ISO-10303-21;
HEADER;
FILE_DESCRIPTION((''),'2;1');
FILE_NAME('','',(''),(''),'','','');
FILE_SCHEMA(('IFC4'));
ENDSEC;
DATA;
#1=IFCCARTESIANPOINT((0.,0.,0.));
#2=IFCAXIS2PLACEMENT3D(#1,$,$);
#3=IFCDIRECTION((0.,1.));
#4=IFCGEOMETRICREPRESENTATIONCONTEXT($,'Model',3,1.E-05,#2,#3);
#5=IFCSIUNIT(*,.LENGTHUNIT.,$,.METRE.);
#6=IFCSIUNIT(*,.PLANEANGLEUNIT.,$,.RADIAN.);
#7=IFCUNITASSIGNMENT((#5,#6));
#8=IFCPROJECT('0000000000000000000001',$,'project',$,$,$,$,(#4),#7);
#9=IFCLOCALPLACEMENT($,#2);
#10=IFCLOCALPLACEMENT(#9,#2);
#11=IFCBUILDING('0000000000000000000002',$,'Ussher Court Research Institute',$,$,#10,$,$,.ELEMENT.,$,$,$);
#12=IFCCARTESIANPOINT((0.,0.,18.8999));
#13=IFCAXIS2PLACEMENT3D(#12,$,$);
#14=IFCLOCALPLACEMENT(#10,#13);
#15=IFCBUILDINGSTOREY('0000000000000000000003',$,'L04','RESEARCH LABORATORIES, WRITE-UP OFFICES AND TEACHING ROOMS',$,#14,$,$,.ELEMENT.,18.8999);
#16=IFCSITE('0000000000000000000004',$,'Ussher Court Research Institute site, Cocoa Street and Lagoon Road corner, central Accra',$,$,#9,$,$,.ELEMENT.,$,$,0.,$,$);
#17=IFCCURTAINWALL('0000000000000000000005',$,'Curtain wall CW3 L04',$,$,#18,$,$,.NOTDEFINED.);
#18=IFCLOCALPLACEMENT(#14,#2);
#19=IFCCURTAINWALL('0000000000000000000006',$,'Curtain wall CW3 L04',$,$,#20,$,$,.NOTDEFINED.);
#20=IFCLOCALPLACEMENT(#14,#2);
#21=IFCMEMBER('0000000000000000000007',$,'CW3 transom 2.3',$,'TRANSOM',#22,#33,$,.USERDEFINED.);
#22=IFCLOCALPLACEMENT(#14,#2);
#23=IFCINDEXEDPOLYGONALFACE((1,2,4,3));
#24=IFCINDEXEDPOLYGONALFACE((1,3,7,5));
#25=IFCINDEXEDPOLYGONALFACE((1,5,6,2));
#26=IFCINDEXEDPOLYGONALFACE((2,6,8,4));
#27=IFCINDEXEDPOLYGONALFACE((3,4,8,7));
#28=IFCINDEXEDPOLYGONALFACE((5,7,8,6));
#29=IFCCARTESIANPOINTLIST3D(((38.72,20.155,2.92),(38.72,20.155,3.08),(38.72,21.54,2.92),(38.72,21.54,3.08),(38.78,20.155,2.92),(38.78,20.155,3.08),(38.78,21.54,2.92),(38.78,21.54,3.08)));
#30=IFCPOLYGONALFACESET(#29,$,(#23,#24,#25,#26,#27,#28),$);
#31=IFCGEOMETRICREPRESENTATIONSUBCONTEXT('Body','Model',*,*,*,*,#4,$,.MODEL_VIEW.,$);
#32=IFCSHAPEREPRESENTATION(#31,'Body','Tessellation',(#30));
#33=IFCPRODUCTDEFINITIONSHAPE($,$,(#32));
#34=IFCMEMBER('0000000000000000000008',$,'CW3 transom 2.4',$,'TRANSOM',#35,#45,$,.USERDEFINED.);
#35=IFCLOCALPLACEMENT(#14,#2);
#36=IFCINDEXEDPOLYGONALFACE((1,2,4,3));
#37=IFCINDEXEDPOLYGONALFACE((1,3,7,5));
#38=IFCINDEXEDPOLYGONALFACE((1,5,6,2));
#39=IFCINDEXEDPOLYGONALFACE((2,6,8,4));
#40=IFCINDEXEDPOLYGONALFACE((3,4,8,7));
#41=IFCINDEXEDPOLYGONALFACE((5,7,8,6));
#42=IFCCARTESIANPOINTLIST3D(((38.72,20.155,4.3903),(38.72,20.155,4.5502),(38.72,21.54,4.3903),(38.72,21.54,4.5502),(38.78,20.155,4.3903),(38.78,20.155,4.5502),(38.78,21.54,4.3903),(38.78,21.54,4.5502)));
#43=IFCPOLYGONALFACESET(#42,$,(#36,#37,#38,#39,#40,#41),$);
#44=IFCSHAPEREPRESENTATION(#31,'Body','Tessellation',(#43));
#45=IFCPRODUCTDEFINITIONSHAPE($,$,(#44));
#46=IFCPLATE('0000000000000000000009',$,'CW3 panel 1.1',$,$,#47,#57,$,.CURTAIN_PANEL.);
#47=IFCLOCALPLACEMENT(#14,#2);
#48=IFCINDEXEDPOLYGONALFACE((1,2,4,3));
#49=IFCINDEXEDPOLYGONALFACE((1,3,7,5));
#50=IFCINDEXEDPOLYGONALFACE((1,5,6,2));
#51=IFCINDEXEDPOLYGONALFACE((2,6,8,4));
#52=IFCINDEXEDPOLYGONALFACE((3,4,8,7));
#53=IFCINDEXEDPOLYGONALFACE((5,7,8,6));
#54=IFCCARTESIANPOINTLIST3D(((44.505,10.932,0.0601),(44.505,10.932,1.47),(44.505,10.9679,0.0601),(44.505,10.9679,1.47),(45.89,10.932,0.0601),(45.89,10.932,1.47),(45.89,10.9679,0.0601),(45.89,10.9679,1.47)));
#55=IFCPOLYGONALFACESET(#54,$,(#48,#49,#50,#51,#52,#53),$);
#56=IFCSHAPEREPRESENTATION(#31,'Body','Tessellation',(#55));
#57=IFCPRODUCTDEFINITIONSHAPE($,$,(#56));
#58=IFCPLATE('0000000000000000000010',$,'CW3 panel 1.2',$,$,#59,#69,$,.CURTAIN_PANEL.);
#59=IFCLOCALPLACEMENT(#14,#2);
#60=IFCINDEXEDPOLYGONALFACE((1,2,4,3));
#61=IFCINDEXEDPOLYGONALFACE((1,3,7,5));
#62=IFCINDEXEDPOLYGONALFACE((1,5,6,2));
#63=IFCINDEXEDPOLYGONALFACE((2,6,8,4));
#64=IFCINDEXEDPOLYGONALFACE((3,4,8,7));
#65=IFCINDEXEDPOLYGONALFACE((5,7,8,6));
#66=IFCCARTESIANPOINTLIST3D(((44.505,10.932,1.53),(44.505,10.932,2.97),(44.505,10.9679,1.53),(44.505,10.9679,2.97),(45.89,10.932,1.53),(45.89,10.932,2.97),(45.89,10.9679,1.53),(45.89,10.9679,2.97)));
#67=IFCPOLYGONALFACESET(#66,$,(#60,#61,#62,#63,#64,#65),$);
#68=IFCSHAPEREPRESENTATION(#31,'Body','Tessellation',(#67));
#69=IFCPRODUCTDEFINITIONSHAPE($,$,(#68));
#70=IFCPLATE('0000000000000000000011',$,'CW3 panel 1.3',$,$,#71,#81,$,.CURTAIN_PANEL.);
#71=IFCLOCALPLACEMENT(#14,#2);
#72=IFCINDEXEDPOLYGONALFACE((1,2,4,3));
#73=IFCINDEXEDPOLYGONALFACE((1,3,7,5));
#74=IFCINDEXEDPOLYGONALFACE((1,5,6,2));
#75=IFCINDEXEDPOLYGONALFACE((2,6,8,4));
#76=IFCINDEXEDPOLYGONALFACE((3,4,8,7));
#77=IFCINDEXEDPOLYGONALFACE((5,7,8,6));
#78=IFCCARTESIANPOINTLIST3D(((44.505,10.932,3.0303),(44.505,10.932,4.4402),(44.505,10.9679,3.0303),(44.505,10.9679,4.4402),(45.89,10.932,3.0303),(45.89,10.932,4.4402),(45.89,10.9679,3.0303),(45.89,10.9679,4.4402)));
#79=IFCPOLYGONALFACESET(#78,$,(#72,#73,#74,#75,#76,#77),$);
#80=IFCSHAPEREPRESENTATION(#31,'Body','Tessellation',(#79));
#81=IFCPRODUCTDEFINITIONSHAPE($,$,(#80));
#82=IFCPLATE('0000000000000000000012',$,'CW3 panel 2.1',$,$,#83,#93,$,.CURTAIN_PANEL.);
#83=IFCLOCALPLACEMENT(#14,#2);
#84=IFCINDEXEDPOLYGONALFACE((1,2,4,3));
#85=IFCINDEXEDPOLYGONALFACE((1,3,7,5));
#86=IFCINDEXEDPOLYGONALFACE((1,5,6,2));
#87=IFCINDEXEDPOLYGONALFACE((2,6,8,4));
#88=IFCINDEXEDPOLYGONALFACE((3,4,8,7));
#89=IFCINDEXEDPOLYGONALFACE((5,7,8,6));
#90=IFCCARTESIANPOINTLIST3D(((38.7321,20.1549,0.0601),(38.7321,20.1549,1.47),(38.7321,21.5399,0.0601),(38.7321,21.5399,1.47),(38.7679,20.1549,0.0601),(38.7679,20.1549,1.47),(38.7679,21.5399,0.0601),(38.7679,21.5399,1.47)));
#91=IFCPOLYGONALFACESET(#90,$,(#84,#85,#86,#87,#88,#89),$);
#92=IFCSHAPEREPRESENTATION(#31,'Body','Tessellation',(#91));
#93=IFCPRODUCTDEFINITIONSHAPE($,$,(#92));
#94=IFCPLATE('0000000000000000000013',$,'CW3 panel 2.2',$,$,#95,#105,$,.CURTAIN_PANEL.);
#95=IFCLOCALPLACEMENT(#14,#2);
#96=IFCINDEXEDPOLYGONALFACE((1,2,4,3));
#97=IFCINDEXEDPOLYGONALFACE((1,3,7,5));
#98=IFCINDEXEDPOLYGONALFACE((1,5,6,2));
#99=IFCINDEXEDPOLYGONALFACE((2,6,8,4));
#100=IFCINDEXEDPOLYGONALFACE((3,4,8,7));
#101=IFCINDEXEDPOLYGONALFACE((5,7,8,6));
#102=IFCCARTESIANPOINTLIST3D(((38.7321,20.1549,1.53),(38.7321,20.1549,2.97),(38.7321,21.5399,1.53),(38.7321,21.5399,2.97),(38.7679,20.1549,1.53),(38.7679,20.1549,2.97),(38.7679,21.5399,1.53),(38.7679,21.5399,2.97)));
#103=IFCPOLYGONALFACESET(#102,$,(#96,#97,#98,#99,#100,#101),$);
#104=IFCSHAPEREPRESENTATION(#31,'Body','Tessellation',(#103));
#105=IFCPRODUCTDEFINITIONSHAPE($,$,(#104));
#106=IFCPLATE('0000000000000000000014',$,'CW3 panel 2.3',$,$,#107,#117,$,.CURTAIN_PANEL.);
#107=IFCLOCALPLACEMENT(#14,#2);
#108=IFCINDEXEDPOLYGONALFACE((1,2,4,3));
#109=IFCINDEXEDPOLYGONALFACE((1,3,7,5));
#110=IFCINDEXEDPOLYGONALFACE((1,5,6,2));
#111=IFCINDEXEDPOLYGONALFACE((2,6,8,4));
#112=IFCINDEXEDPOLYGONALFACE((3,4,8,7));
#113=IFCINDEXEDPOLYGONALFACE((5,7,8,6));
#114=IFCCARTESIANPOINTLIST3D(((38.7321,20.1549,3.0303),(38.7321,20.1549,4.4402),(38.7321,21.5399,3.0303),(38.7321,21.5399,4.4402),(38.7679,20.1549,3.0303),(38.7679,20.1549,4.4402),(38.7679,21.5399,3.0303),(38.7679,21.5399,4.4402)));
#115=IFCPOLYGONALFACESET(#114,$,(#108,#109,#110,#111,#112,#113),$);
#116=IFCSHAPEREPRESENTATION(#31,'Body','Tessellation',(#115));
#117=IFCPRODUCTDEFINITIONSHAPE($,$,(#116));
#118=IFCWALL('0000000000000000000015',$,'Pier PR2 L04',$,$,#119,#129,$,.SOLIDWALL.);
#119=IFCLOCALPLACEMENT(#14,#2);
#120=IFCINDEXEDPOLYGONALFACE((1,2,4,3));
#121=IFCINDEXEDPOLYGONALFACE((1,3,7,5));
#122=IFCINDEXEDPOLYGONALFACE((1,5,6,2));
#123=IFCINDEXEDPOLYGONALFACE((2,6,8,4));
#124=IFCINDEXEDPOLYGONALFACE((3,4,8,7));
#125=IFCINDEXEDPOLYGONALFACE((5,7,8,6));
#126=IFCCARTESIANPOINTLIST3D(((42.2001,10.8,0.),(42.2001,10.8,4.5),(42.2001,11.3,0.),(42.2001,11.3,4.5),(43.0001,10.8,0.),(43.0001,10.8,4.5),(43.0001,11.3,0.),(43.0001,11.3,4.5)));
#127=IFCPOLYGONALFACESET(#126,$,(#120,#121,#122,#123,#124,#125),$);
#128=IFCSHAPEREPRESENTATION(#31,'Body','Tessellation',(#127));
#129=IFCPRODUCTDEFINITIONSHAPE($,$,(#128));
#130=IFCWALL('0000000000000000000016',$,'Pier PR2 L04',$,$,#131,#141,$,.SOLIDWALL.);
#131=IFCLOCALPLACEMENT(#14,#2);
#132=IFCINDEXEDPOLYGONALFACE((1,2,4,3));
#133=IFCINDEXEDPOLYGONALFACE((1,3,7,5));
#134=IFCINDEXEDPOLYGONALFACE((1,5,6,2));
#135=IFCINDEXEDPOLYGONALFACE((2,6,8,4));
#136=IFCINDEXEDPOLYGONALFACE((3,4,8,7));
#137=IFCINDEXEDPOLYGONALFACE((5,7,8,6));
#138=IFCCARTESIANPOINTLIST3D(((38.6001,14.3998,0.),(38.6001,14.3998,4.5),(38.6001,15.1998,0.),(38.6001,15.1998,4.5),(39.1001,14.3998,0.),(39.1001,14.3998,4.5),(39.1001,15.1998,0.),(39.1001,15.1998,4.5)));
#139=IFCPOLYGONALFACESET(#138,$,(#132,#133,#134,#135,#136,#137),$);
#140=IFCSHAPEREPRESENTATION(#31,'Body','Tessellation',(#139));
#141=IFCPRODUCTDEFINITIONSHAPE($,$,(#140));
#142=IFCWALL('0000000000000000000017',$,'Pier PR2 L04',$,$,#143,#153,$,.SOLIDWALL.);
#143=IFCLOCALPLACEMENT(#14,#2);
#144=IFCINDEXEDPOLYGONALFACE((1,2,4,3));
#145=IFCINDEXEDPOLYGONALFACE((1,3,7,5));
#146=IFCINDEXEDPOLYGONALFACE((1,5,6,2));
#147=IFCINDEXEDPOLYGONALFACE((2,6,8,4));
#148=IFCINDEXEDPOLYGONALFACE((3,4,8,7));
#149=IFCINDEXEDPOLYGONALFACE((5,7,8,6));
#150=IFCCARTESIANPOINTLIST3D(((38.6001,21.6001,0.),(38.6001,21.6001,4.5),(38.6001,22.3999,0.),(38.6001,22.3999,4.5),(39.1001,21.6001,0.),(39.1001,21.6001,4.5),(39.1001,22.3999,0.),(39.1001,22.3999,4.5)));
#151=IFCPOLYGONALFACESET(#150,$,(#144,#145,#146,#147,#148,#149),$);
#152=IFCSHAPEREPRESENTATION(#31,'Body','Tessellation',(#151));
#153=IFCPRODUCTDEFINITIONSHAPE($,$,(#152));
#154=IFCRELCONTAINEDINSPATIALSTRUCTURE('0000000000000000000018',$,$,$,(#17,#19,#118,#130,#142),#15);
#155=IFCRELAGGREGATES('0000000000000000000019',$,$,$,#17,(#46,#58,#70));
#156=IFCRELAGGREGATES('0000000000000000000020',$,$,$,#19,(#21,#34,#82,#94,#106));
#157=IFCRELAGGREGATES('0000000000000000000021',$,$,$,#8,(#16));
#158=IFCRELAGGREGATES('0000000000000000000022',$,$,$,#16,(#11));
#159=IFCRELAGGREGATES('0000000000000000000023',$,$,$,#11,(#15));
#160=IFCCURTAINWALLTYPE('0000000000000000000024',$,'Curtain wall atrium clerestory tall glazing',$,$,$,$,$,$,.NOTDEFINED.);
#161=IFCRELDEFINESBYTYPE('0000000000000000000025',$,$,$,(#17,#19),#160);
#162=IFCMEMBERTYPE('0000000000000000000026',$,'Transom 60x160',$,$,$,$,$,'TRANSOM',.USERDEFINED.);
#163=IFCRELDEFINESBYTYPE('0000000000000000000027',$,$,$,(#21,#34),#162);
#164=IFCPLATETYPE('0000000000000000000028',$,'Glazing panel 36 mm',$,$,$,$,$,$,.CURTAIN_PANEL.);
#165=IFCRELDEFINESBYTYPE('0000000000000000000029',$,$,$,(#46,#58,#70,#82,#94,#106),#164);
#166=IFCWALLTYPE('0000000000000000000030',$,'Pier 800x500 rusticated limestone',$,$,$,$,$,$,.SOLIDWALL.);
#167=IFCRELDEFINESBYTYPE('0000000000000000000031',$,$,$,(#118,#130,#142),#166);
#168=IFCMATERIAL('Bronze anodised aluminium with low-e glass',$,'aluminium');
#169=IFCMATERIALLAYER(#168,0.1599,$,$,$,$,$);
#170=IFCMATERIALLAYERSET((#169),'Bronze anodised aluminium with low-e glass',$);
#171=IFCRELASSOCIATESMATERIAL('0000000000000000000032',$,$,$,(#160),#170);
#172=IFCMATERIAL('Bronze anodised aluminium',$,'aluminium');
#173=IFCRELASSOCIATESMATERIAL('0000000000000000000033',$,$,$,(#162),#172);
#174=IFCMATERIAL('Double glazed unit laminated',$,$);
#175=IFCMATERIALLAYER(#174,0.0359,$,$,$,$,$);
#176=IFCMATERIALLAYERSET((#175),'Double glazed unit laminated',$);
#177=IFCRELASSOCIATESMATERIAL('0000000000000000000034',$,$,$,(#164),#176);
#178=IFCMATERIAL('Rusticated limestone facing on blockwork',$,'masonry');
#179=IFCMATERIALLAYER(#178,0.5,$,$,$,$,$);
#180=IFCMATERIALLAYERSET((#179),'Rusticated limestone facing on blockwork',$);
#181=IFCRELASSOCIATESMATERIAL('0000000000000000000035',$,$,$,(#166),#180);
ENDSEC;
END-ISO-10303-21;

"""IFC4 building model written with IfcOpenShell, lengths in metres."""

from ifc_helpers import new_model, si_unit, direction, frame, frame_2d, origin, origin_2d, place, context, subcontext, project, spatial, rectangle, extrude, material, layer, layer_set, material_profile, profile_set, type_object, element, aggregate, save


model = new_model("IFC4")

# Units and contexts
model_context = context("Model", 3, precision=1e-05, world=origin(), true_north=direction((0.0, 1.0)))
body_context = subcontext(model_context, "Body", "Model", "MODEL_VIEW")
ifc_project = project(units=[si_unit("LENGTHUNIT", "METRE"), si_unit("PLANEANGLEUNIT", "RADIAN")], contexts=[model_context])

# Site, building, storey
site_placement = place(None, origin())
site = spatial("IfcSite", under=ifc_project, at=site_placement, Name="Ussher Court Research Institute site, Cocoa Street and Lagoon Road corner, central Accra", CompositionType="ELEMENT", RefElevation=0.0)
building_placement = place(site_placement, origin())
building = spatial("IfcBuilding", under=site, at=building_placement, Name="Ussher Court Research Institute", CompositionType="ELEMENT")
storey_placement = place(building_placement, frame((0.0, 0.0, 18.8999)))
storey = spatial("IfcBuildingStorey", under=building, at=storey_placement, Name="L04", Description="RESEARCH LABORATORIES, WRITE-UP OFFICES AND TEACHING ROOMS", CompositionType="ELEMENT", Elevation=18.8999)

# Curtain wall
ifc_material_1 = material(Name="Bronze anodised aluminium with low-e glass", Category="aluminium")
ifc_layer_1 = layer(ifc_material_1, 0.1599)
ifc_layer_set_1 = layer_set([ifc_layer_1], Name="Bronze anodised aluminium with low-e glass")
curtain_wall_type = type_object("IfcCurtainWallType", Name="Curtain wall atrium clerestory tall glazing", PredefinedType="NOTDEFINED", material=ifc_layer_set_1)
curtain_wall_1_placement = place(storey_placement, origin())
curtain_wall_1 = element("IfcCurtainWall", 1, at=curtain_wall_1_placement, inside=storey, type_object=curtain_wall_type, Name="Curtain wall CW3 L04", PredefinedType="NOTDEFINED")

# Curtain wall
curtain_wall_2_placement = place(storey_placement, origin())
curtain_wall_2 = element("IfcCurtainWall", 2, at=curtain_wall_2_placement, inside=storey, type_object=curtain_wall_type, Name="Curtain wall CW3 L04", PredefinedType="NOTDEFINED")

# Members
ifc_material_2 = material(Name="Bronze anodised aluminium", Category="aluminium")
ifc_material_profile_1 = material_profile(ifc_material_2, rectangle(XDim=0.0601, YDim=0.1599, at=origin_2d()), Name="Transom 60x160")
ifc_profile_set_1 = profile_set([ifc_material_profile_1], Name="Bronze anodised aluminium")
member_type_1 = type_object("IfcMemberType", Name="Transom 60x160", ElementType="TRANSOM", PredefinedType="USERDEFINED", material=ifc_profile_set_1)
member_1_placement = place(storey_placement, frame((38.75, 20.155, 3.0), z_axis=(0.0, 1.0, 0.0), x_axis=(-1.0, 0.0, 0.0)))
member_1 = element("IfcMember", 3, at=member_1_placement, type_object=member_type_1, Name="CW3 transom 2.3", ObjectType="TRANSOM", PredefinedType="USERDEFINED", context=body_context, shape_type="SweptSolid", body=[
    extrude(rectangle(XDim=0.0601, YDim=0.1599, at=origin_2d()), origin(), (0.0, 0.0, 1.0), 1.385),
])
member_2_placement = place(storey_placement, frame((38.75, 20.155, 4.4702), z_axis=(0.0, 1.0, 0.0), x_axis=(-1.0, 0.0, 0.0)))
member_2 = element("IfcMember", 4, at=member_2_placement, type_object=member_type_1, Name="CW3 transom 2.4", ObjectType="TRANSOM", PredefinedType="USERDEFINED", context=body_context, shape_type="SweptSolid", body=[
    extrude(rectangle(XDim=0.0601, YDim=0.1599, at=origin_2d()), origin(), (0.0, 0.0, 1.0), 1.385),
])

# Plates
ifc_material_3 = material(Name="Double glazed unit laminated")
ifc_layer_2 = layer(ifc_material_3, 0.0359)
ifc_layer_set_2 = layer_set([ifc_layer_2], Name="Double glazed unit laminated")
plate_type = type_object("IfcPlateType", Name="Glazing panel 36 mm", PredefinedType="CURTAIN_PANEL", material=ifc_layer_set_2)
plate_1_placement = place(storey_placement, frame((45.1975, 10.95, 0.0601), z_axis=(0.0, 0.0, 1.0), x_axis=(-1.0, 0.0, 0.0)))
plate_1 = element("IfcPlate", 5, at=plate_1_placement, type_object=plate_type, Name="CW3 panel 1.1", PredefinedType="CURTAIN_PANEL", context=body_context, shape_type="SweptSolid", body=[
    extrude(rectangle(XDim=1.385, YDim=0.0359, at=origin_2d()), origin(), (0.0, 0.0, 1.0), 1.4099),
])
plate_2_placement = place(storey_placement, frame((45.1975, 10.95, 1.53), z_axis=(0.0, 0.0, 1.0), x_axis=(-1.0, 0.0, 0.0)))
plate_2 = element("IfcPlate", 6, at=plate_2_placement, type_object=plate_type, Name="CW3 panel 1.2", PredefinedType="CURTAIN_PANEL", context=body_context, shape_type="SweptSolid", body=[
    extrude(rectangle(XDim=1.385, YDim=0.0359, at=origin_2d()), origin(), (0.0, 0.0, 1.0), 1.4399),
])
plate_3_placement = place(storey_placement, frame((45.1975, 10.95, 3.0303), z_axis=(0.0, 0.0, 1.0), x_axis=(-1.0, 0.0, 0.0)))
plate_3 = element("IfcPlate", 7, at=plate_3_placement, type_object=plate_type, Name="CW3 panel 1.3", PredefinedType="CURTAIN_PANEL", context=body_context, shape_type="SweptSolid", body=[
    extrude(rectangle(XDim=1.385, YDim=0.0359, at=origin_2d()), origin(), (0.0, 0.0, 1.0), 1.4099),
])
aggregate(curtain_wall_1, [plate_1, plate_2, plate_3])
plate_4_placement = place(storey_placement, frame((38.75, 20.8474, 0.0601), z_axis=(0.0, 0.0, 1.0), x_axis=(0.0, 1.0, 0.0)))
plate_4 = element("IfcPlate", 8, at=plate_4_placement, type_object=plate_type, Name="CW3 panel 2.1", PredefinedType="CURTAIN_PANEL", context=body_context, shape_type="SweptSolid", body=[
    extrude(rectangle(XDim=1.385, YDim=0.0359, at=origin_2d()), origin(), (0.0, 0.0, 1.0), 1.4099),
])
plate_5_placement = place(storey_placement, frame((38.75, 20.8474, 1.53), z_axis=(0.0, 0.0, 1.0), x_axis=(0.0, 1.0, 0.0)))
plate_5 = element("IfcPlate", 9, at=plate_5_placement, type_object=plate_type, Name="CW3 panel 2.2", PredefinedType="CURTAIN_PANEL", context=body_context, shape_type="SweptSolid", body=[
    extrude(rectangle(XDim=1.385, YDim=0.0359, at=origin_2d()), origin(), (0.0, 0.0, 1.0), 1.4399),
])
plate_6_placement = place(storey_placement, frame((38.75, 20.8474, 3.0303), z_axis=(0.0, 0.0, 1.0), x_axis=(0.0, 1.0, 0.0)))
plate_6 = element("IfcPlate", 10, at=plate_6_placement, type_object=plate_type, Name="CW3 panel 2.3", PredefinedType="CURTAIN_PANEL", context=body_context, shape_type="SweptSolid", body=[
    extrude(rectangle(XDim=1.385, YDim=0.0359, at=origin_2d()), origin(), (0.0, 0.0, 1.0), 1.4099),
])
aggregate(curtain_wall_2, [member_1, member_2, plate_4, plate_5, plate_6])

# Walls
ifc_material_4 = material(Name="Rusticated limestone facing on blockwork", Category="masonry")
ifc_layer_3 = layer(ifc_material_4, 0.5)
ifc_layer_set_3 = layer_set([ifc_layer_3], Name="Rusticated limestone facing on blockwork")
wall_type = type_object("IfcWallType", Name="Pier 800x500 rusticated limestone", PredefinedType="SOLIDWALL", material=ifc_layer_set_3)
for number, where, z_axis, x_axis, name in (
    (11, (43.0, 11.05, 0.0), (0.0, 0.0, 1.0), (-1.0, 0.0, 0.0), "Pier PR2 L04"),
    (12, (38.8501, 14.3999, 0.0), (0.0, 0.0, 1.0), (0.0, 1.0, 0.0), "Pier PR2 L04"),
):
    element("IfcWall", number, at=place(storey_placement, frame(where, z_axis=z_axis, x_axis=x_axis)), inside=storey, type_object=wall_type, Name=name, PredefinedType="SOLIDWALL", context=body_context, shape_type="SweptSolid", body=[
        extrude(rectangle(XDim=0.8, YDim=0.5, at=frame_2d((0.3999, 0.0))), origin(), (0.0, 0.0, 1.0), 4.5),
    ])
wall_placement = place(storey_placement, frame((38.8501, 21.6001, 0.0), z_axis=(0.0, 0.0, 1.0), x_axis=(0.0, 1.0, 0.0)))
element("IfcWall", 13, at=wall_placement, inside=storey, type_object=wall_type, Name="Pier PR2 L04", PredefinedType="SOLIDWALL", context=body_context, shape_type="SweptSolid", body=[
    extrude(rectangle(XDim=0.7998, YDim=0.5, at=frame_2d((0.3999, 0.0))), origin(), (0.0, 0.0, 1.0), 4.5),
])

save(model, "model.ifc")
